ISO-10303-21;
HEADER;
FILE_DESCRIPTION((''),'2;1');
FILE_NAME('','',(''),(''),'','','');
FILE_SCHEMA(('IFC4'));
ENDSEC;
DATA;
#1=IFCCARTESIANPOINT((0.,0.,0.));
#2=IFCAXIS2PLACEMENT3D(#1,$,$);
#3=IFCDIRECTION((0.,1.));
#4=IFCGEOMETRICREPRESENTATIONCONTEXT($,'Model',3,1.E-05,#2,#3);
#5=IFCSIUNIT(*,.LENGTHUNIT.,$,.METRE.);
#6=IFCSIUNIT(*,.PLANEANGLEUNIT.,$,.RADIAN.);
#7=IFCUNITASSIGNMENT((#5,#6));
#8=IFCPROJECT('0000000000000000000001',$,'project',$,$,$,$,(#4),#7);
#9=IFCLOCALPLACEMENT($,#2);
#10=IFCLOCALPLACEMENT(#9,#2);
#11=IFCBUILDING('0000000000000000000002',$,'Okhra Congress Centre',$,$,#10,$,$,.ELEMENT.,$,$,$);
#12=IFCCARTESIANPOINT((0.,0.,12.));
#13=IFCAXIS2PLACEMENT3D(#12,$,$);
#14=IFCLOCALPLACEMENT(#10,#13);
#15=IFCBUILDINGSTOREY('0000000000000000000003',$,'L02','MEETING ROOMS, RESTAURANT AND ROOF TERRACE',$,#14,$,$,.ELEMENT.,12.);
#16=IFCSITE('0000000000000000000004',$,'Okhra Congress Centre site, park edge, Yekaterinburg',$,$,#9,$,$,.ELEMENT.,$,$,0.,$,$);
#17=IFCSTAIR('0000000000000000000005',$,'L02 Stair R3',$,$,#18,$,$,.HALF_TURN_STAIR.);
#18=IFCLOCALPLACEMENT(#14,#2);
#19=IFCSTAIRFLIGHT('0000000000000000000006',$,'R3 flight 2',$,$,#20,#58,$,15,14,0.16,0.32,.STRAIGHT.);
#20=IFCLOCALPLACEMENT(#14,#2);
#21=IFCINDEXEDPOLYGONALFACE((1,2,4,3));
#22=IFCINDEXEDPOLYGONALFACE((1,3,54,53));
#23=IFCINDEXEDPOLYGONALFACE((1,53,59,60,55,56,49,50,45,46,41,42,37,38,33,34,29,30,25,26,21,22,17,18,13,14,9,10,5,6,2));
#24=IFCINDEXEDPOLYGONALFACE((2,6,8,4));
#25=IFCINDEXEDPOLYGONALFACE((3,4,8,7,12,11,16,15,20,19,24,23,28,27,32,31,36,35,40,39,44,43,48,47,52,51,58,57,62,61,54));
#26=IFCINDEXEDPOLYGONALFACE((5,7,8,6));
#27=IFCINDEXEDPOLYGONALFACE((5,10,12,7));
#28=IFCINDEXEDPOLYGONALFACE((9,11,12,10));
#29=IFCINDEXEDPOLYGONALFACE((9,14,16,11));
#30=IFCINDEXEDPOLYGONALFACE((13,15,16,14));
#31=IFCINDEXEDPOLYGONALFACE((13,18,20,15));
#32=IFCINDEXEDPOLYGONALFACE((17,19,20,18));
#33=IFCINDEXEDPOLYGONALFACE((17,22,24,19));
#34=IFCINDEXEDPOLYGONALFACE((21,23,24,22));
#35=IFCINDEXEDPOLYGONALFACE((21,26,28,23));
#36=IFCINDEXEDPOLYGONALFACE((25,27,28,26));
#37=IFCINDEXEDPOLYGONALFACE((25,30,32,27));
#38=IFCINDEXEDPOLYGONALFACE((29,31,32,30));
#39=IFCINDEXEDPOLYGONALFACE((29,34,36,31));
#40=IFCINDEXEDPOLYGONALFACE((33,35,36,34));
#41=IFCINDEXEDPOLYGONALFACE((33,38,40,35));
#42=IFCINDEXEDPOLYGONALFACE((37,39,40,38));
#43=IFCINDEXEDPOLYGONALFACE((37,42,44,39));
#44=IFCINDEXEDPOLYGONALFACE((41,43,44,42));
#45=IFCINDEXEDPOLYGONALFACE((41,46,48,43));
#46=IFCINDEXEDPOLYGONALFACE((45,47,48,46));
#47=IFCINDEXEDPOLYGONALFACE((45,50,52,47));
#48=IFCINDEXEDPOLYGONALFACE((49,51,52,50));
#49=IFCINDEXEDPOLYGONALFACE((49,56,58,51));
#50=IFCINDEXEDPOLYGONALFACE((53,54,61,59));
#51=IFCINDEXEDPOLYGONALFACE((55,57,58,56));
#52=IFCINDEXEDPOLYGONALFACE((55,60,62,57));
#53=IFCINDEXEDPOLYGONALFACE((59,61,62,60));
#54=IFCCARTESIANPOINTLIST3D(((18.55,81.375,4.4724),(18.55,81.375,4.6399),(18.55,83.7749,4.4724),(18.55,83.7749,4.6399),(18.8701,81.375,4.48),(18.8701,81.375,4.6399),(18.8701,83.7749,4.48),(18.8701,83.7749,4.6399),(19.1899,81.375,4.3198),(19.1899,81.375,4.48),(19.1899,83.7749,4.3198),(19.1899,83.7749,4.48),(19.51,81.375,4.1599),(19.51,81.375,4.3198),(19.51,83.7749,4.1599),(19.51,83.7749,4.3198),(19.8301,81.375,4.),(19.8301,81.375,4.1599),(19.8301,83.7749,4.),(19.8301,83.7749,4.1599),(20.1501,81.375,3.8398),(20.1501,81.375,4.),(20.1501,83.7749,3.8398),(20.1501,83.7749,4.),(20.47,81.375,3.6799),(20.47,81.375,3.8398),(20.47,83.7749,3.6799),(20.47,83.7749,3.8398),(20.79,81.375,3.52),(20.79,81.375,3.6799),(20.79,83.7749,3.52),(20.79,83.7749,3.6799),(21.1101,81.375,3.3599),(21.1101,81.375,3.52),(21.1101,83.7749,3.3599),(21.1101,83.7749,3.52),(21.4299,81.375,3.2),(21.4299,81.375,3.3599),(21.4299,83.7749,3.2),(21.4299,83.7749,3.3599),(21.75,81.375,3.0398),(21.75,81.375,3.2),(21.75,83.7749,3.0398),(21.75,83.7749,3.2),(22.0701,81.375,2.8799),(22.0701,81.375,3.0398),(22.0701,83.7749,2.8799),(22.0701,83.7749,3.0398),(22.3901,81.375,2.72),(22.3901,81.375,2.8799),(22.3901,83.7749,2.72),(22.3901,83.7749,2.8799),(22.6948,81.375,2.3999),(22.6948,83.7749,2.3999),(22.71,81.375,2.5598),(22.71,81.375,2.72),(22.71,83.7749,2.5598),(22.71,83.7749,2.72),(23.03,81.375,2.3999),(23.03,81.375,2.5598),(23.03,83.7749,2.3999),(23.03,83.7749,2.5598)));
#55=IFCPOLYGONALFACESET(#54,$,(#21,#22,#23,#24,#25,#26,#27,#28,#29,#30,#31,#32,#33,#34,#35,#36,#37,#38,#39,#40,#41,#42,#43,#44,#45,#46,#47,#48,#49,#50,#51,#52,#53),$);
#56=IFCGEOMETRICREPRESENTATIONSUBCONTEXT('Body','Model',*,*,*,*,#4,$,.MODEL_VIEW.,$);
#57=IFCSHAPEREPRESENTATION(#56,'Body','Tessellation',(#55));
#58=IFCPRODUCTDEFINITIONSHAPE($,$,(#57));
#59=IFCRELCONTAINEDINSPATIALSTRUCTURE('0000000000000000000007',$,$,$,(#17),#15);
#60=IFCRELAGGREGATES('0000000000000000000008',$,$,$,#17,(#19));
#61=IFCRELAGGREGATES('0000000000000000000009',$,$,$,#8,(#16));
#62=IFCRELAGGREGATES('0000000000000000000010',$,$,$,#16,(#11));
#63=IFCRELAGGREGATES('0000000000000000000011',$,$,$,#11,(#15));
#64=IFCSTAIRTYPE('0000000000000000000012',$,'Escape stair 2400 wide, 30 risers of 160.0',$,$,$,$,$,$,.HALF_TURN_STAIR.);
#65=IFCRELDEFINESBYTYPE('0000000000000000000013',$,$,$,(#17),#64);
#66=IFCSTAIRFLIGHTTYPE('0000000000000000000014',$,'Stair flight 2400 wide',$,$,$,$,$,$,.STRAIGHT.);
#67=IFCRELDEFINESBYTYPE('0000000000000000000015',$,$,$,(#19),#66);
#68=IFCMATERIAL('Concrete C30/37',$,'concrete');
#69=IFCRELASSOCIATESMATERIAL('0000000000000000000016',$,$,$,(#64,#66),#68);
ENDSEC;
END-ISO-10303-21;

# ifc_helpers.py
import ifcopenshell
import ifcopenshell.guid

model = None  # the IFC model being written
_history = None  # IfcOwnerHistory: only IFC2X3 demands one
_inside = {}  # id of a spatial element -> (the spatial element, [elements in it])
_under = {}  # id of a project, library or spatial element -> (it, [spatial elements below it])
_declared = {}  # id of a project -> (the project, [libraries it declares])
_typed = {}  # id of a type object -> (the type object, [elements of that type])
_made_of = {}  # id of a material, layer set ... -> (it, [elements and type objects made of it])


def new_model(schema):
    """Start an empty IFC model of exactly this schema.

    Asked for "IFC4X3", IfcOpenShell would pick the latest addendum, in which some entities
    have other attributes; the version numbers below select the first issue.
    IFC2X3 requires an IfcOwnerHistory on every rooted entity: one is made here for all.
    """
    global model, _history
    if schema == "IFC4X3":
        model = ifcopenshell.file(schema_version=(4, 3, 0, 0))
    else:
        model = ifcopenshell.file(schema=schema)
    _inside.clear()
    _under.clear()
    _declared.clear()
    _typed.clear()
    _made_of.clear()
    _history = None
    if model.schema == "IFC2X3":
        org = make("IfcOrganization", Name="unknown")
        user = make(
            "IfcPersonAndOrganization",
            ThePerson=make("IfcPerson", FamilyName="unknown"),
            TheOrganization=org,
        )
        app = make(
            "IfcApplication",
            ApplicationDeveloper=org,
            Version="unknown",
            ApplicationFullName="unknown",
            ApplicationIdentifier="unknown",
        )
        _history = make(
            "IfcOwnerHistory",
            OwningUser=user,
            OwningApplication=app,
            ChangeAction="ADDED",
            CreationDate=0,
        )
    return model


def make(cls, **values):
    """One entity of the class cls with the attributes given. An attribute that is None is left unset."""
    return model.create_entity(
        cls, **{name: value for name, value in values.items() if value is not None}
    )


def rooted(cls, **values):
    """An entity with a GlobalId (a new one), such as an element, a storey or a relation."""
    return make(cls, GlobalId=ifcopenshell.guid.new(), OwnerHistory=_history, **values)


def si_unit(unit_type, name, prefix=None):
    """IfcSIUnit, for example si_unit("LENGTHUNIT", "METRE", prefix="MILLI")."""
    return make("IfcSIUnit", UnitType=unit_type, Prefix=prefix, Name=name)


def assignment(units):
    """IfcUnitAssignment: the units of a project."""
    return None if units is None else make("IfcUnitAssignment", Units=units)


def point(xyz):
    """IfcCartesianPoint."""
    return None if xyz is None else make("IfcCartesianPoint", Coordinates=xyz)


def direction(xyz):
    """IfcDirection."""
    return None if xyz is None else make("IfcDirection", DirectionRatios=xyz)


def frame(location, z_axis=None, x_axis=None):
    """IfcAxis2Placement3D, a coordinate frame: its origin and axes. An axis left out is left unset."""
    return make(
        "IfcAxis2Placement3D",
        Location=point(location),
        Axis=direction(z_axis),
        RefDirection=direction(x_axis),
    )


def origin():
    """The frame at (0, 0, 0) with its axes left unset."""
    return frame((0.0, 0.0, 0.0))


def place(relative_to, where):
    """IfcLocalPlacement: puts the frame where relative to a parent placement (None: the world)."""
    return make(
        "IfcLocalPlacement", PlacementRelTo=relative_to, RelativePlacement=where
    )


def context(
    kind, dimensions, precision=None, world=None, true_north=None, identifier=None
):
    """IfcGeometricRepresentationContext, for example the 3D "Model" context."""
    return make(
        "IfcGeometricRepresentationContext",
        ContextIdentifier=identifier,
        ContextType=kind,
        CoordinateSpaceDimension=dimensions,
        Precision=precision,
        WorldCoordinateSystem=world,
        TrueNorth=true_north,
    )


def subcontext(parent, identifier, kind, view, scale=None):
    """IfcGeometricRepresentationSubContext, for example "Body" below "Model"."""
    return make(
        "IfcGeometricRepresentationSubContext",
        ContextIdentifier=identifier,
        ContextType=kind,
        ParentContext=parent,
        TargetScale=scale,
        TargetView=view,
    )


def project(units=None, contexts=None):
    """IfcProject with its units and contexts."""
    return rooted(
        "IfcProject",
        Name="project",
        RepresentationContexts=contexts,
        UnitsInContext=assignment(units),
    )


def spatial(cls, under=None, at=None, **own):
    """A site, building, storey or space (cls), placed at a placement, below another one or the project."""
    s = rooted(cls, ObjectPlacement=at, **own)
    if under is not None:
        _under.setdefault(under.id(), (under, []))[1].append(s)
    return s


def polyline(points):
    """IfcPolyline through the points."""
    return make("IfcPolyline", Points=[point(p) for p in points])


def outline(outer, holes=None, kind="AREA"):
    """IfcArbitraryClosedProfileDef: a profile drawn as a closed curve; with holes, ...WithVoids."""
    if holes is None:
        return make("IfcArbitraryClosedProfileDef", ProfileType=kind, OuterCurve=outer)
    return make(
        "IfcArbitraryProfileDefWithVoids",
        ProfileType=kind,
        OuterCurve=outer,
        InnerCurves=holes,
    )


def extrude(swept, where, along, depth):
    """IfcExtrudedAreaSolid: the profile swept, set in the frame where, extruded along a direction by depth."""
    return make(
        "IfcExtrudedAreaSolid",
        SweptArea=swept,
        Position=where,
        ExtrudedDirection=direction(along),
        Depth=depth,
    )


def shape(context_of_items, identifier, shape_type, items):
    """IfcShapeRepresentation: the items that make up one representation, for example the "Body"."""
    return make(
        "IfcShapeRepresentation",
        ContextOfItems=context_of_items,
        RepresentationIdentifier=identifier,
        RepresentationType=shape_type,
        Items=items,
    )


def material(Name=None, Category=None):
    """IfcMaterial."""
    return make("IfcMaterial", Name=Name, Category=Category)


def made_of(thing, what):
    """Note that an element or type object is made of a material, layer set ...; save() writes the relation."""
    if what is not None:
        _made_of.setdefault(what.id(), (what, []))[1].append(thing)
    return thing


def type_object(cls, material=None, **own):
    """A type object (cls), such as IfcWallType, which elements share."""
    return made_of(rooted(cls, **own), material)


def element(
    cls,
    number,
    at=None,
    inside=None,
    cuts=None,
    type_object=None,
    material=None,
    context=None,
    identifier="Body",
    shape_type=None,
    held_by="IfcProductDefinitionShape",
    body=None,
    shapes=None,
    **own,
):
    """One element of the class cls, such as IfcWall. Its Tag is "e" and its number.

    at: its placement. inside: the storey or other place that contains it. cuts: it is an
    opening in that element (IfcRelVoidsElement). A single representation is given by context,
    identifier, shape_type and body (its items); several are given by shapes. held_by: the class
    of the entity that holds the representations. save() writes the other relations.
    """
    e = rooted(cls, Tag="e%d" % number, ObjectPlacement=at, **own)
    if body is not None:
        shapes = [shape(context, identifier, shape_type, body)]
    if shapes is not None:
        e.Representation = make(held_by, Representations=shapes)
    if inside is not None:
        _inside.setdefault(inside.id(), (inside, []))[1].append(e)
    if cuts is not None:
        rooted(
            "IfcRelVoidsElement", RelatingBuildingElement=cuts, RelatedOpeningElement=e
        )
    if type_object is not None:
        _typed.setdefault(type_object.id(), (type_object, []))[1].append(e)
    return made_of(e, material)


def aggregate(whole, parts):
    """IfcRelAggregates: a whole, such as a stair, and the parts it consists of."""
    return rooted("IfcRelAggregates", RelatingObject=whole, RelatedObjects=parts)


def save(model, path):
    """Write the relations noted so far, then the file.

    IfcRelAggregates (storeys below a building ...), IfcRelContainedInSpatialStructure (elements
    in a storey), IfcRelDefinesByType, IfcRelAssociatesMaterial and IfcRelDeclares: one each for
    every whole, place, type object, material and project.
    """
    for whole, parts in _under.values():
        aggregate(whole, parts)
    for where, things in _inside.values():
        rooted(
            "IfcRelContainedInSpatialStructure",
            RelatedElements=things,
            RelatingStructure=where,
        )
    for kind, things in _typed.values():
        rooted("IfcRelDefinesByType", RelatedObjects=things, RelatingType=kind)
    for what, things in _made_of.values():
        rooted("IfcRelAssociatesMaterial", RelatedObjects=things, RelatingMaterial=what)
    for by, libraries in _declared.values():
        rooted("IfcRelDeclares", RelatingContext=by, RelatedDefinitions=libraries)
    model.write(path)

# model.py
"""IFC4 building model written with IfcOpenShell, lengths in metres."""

from ifc_helpers import new_model, si_unit, direction, frame, origin, place, context, subcontext, project, spatial, polyline, outline, extrude, material, type_object, element, aggregate, save


model = new_model("IFC4")

# Units and contexts
model_context = context("Model", 3, precision=1e-05, world=origin(), true_north=direction((0.0, 1.0)))
body_context = subcontext(model_context, "Body", "Model", "MODEL_VIEW")
ifc_project = project(units=[si_unit("LENGTHUNIT", "METRE"), si_unit("PLANEANGLEUNIT", "RADIAN")], contexts=[model_context])

# Site, building, storey
site_placement = place(None, origin())
site = spatial("IfcSite", under=ifc_project, at=site_placement, Name="Okhra Congress Centre site, park edge, Yekaterinburg", CompositionType="ELEMENT", RefElevation=0.0)
building_placement = place(site_placement, origin())
building = spatial("IfcBuilding", under=site, at=building_placement, Name="Okhra Congress Centre", CompositionType="ELEMENT")
storey_placement = place(building_placement, frame((0.0, 0.0, 12.0)))
storey = spatial("IfcBuildingStorey", under=building, at=storey_placement, Name="L02", Description="MEETING ROOMS, RESTAURANT AND ROOF TERRACE", CompositionType="ELEMENT", Elevation=12.0)

# Shared definitions
ifc_material_1 = material(Name="Concrete C30/37", Category="concrete")

# Stair, stair flight
stair_type = type_object("IfcStairType", Name="Escape stair 2400 wide, 30 risers of 160.0", PredefinedType="HALF_TURN_STAIR", material=ifc_material_1)
stair_flight_type = type_object("IfcStairFlightType", Name="Stair flight 2400 wide", PredefinedType="STRAIGHT", material=ifc_material_1)
stair_1_placement = place(storey_placement, origin())
stair_1 = element("IfcStair", 1, at=stair_1_placement, inside=storey, type_object=stair_type, Name="L02 Stair R3", PredefinedType="HALF_TURN_STAIR")
stair_flight_1_placement = place(storey_placement, frame((23.03, 82.575, 2.3999), z_axis=(0.0, 0.0, 1.0), x_axis=(-1.0, 0.0, 0.0)))
stair_flight_1 = element("IfcStairFlight", 2, at=stair_flight_1_placement, type_object=stair_flight_type, Name="R3 flight 2", NumberOfRisers=15, NumberOfTreads=14, PredefinedType="STRAIGHT", RiserHeight=0.16, TreadLength=0.32, context=body_context, shape_type="SweptSolid", body=[
    extrude(outline(polyline([(0.0, 0.0), (0.0, 0.1599), (0.3201, 0.1599), (0.3201, 0.3201), (0.6399, 0.3201), (0.6399, 0.48), (0.96, 0.48), (0.96, 0.6399), (1.28, 0.6399), (1.28, 0.8), (1.6001, 0.8), (1.6001, 0.96), (1.9199, 0.96), (1.9199, 1.1201), (2.24, 1.1201), (2.24, 1.28), (2.5601, 1.28), (2.5601, 1.4399), (2.8799, 1.4399), (2.8799, 1.6001), (3.2, 1.6001), (3.2, 1.76), (3.52, 1.76), (3.52, 1.9199), (3.8401, 1.9199), (3.8401, 2.0801), (4.1599, 2.0801), (4.1599, 2.24), (4.48, 2.24), (4.48, 2.3999), (4.48, 2.0725), (0.3352, 0.0), (0.0, 0.0)])), frame((0.0, 1.2, 0.0), z_axis=(0.0, -1.0, 0.0), x_axis=(1.0, 0.0, 0.0)), (0.0, 0.0, 1.0), 2.3999),
])
aggregate(stair_1, [stair_flight_1])

save(model, "model.ifc")
